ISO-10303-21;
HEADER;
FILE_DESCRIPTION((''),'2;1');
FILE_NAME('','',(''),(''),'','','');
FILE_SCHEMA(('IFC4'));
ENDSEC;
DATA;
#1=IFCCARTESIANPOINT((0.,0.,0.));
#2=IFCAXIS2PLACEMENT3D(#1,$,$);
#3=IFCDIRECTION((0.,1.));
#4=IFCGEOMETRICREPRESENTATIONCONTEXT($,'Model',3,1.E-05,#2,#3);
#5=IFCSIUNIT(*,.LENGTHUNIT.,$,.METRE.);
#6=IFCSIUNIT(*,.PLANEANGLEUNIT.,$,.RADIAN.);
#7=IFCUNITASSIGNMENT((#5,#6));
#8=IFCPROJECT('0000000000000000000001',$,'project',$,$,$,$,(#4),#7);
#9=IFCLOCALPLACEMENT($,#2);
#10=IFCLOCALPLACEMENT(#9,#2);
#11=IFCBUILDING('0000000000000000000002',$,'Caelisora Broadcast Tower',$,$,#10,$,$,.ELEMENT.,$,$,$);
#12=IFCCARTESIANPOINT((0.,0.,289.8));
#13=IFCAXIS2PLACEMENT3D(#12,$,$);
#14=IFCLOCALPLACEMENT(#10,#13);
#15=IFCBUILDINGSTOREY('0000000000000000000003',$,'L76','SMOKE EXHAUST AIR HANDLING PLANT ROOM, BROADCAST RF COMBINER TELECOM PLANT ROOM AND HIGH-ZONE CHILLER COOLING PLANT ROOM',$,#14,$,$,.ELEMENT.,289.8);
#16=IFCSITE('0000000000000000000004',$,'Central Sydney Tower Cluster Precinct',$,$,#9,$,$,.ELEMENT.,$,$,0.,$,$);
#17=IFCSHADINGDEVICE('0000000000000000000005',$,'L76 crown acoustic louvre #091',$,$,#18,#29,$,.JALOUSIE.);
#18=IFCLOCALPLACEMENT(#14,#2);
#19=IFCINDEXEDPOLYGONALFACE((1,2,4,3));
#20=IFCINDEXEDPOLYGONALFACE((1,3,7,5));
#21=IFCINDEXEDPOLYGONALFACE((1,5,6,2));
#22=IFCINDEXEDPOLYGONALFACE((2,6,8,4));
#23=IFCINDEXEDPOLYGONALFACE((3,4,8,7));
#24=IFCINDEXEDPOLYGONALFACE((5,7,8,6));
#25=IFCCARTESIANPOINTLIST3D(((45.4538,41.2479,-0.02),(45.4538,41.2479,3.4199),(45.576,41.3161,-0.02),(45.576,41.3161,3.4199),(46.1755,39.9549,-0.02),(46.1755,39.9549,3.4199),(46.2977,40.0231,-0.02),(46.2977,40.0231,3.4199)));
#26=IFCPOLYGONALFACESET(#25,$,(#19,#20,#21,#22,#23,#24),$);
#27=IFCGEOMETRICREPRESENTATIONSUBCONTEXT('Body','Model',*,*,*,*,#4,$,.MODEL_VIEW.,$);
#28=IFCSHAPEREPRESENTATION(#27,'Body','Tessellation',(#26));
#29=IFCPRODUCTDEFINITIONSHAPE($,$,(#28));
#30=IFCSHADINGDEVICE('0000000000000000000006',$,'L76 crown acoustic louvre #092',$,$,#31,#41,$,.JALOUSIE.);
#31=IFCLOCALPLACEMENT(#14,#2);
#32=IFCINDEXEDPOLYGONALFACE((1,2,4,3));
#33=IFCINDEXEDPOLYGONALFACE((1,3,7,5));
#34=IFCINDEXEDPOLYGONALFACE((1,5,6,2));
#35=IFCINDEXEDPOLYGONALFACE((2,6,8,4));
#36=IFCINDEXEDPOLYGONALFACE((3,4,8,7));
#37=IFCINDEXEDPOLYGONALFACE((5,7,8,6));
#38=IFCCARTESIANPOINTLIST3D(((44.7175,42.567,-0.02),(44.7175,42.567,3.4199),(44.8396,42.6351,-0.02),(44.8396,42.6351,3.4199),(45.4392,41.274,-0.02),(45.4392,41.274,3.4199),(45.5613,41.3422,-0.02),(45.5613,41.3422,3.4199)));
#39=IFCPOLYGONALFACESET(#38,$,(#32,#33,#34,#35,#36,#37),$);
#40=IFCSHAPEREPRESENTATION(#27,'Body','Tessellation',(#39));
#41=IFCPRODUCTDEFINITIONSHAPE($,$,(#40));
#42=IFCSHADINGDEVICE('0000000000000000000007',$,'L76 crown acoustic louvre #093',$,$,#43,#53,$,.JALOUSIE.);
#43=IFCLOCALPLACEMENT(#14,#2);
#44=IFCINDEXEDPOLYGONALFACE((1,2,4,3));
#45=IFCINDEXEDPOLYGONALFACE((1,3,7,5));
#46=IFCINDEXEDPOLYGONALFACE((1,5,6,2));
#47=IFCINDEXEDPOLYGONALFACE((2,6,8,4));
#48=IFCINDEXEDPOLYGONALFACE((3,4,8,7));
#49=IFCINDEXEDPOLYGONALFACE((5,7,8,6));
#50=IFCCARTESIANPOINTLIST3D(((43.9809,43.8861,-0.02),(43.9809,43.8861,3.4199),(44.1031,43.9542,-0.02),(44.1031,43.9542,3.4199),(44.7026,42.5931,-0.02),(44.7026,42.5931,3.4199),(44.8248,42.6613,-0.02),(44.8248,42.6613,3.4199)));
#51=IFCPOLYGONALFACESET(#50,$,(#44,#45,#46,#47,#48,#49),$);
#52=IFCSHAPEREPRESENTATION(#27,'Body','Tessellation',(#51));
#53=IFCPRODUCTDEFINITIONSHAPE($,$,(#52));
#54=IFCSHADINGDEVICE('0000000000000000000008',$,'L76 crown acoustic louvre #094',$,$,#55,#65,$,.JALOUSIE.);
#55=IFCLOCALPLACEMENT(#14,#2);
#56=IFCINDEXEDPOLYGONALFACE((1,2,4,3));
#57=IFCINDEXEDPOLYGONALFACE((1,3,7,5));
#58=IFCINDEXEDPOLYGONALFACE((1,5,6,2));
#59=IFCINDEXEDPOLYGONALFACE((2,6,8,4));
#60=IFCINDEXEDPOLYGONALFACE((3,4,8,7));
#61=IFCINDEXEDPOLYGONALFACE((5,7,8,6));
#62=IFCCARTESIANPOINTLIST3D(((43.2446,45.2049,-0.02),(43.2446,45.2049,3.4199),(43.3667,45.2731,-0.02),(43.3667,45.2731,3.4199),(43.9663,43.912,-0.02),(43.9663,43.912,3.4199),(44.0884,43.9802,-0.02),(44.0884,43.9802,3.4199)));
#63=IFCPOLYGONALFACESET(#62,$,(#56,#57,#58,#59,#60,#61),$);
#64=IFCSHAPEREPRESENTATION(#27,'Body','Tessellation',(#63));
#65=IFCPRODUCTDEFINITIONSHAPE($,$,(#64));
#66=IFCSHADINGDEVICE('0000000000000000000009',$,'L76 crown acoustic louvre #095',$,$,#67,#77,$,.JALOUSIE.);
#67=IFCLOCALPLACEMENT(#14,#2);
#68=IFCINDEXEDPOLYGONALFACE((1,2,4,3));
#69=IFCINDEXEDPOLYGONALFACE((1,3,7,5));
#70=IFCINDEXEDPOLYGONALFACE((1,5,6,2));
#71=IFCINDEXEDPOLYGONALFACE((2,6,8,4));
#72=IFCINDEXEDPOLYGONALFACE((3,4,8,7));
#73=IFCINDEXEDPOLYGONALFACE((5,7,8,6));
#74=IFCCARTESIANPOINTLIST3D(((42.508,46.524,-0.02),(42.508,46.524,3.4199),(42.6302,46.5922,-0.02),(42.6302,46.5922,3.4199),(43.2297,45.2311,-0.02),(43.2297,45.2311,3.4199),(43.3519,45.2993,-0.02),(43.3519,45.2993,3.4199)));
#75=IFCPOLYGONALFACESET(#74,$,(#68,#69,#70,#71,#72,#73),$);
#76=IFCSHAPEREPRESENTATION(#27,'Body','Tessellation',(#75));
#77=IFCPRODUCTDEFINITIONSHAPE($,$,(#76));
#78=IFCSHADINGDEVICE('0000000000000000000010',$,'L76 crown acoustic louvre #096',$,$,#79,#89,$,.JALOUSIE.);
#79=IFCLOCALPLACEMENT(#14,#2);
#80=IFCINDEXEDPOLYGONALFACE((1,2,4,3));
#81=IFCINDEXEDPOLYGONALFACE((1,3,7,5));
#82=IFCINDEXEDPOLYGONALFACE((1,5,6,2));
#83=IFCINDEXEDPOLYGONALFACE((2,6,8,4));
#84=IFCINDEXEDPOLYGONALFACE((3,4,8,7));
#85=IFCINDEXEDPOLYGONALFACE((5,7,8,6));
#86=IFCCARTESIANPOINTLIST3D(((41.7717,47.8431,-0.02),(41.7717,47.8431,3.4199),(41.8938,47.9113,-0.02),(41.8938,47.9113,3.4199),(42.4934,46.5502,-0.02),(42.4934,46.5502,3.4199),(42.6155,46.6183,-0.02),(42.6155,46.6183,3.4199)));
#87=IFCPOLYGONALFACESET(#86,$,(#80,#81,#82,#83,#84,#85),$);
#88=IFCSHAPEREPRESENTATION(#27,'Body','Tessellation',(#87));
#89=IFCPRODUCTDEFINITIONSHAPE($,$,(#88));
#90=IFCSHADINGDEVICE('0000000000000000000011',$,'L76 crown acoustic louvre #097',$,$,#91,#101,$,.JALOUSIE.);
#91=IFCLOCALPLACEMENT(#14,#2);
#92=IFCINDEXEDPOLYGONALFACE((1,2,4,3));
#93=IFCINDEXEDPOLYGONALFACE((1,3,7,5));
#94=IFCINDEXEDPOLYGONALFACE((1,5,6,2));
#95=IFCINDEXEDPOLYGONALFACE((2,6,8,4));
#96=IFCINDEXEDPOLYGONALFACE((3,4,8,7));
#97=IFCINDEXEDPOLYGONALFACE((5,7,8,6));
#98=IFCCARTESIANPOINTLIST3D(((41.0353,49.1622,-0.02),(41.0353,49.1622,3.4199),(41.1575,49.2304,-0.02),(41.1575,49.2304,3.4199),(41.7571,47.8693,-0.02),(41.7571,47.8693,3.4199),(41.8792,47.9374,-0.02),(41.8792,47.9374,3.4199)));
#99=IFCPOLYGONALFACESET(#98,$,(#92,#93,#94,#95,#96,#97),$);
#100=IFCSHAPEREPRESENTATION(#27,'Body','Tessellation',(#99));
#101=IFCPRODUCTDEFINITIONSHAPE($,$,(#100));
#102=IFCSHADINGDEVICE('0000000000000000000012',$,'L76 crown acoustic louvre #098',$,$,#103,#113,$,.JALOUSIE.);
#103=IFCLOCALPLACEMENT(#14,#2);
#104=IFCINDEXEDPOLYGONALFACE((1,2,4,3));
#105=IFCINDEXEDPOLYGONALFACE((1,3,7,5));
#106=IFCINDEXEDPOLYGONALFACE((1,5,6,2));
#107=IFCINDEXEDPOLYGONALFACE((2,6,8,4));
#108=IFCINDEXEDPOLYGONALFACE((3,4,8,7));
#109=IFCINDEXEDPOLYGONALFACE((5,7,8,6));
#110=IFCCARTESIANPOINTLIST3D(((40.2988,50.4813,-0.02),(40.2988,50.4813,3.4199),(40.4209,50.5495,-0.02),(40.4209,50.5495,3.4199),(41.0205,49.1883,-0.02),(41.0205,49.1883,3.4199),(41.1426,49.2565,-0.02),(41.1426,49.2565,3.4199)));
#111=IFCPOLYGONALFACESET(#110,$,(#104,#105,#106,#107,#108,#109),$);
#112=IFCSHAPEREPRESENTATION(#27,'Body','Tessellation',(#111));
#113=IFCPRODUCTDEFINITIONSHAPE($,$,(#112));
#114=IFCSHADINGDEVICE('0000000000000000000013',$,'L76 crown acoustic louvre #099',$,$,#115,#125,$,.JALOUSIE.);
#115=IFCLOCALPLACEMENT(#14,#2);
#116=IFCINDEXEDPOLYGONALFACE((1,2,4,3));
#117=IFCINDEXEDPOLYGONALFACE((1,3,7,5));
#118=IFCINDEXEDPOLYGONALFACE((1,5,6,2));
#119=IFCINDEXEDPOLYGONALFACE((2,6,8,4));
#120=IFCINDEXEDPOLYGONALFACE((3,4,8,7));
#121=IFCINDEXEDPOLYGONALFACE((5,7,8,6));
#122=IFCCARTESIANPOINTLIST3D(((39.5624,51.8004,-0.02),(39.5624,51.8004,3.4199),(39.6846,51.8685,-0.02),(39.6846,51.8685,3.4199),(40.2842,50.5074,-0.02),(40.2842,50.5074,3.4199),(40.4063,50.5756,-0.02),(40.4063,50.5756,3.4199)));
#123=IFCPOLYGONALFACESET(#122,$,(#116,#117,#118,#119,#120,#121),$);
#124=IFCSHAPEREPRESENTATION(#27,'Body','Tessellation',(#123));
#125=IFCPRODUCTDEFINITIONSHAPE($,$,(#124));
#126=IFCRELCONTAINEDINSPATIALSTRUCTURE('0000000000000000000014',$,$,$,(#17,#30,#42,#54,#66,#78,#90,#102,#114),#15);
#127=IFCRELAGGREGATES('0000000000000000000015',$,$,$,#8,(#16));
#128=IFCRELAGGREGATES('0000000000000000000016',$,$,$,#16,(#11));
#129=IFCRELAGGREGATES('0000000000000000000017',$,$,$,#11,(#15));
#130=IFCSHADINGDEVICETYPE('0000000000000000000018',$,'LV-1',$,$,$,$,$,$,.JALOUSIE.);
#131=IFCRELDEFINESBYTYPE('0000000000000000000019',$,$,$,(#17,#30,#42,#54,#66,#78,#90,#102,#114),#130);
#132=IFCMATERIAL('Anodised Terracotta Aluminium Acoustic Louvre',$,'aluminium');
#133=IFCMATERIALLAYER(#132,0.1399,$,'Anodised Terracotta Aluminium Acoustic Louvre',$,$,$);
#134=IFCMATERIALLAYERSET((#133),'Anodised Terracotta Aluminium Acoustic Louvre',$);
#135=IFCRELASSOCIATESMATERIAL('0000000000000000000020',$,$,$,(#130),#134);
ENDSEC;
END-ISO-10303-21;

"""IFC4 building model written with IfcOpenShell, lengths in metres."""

from ifc_helpers import new_model, si_unit, direction, frame, origin, origin_2d, place, context, subcontext, project, spatial, rectangle, extrude, source, transform, mapped, material, layer, layer_set, type_object, element, save


model = new_model("IFC4")

# Units and contexts
model_context = context("Model", 3, precision=1e-05, world=origin(), true_north=direction((0.0, 1.0)))
body_context = subcontext(model_context, "Body", "Model", "MODEL_VIEW")
ifc_project = project(units=[si_unit("LENGTHUNIT", "METRE"), si_unit("PLANEANGLEUNIT", "RADIAN")], contexts=[model_context])

# Site, building, storey
site_placement = place(None, origin())
site = spatial("IfcSite", under=ifc_project, at=site_placement, Name="Central Sydney Tower Cluster Precinct", CompositionType="ELEMENT", RefElevation=0.0)
building_placement = place(site_placement, origin())
building = spatial("IfcBuilding", under=site, at=building_placement, Name="Caelisora Broadcast Tower", CompositionType="ELEMENT")
storey_placement = place(building_placement, frame((0.0, 0.0, 289.8)))
storey = spatial("IfcBuildingStorey", under=building, at=storey_placement, Name="L76", Description="SMOKE EXHAUST AIR HANDLING PLANT ROOM, BROADCAST RF COMBINER TELECOM PLANT ROOM AND HIGH-ZONE CHILLER COOLING PLANT ROOM", CompositionType="ELEMENT", Elevation=289.8)

# Shading devices
ifc_material_1 = material(Name="Anodised Terracotta Aluminium Acoustic Louvre", Category="aluminium")
ifc_layer_1 = layer(ifc_material_1, 0.1399, Name="Anodised Terracotta Aluminium Acoustic Louvre")
ifc_layer_set_1 = layer_set([ifc_layer_1], Name="Anodised Terracotta Aluminium Acoustic Louvre")
shading_device_type = type_object("IfcShadingDeviceType", Name="LV-1", PredefinedType="JALOUSIE", material=ifc_layer_set_1)
shared_shape_1 = source(origin(), body_context, "Body", "SweptSolid", [
    extrude(rectangle(XDim=1.4807, YDim=0.1399, at=origin_2d()), origin(), (0.0, 0.0, 1.0), 3.4399),
])
for number, where, z_axis, x_axis, name in (
    (1, (45.8757, 40.6355, -0.02), (0.0, 0.0, 1.0), (-0.487403, 0.873177, 0.0), "L76 crown acoustic louvre #091"),
    (2, (45.1394, 41.9546, -0.02), (0.0, 0.0, 1.0), (-0.487403, 0.873177, 0.0), "L76 crown acoustic louvre #092"),
    (3, (44.4028, 43.2737, -0.02), (0.0, 0.0, 1.0), (-0.487403, 0.873177, 0.0), "L76 crown acoustic louvre #093"),
    (4, (43.6665, 44.5925, -0.02), (0.0, 0.0, 1.0), (-0.487403, 0.873177, 0.0), "L76 crown acoustic louvre #094"),
    (5, (42.9299, 45.9116, -0.02), (0.0, 0.0, 1.0), (-0.487403, 0.873177, 0.0), "L76 crown acoustic louvre #095"),
    (6, (42.1936, 47.2307, -0.02), (0.0, 0.0, 1.0), (-0.487403, 0.873177, 0.0), "L76 crown acoustic louvre #096"),
    (7, (41.4573, 48.5498, -0.02), (0.0, 0.0, 1.0), (-0.487403, 0.873177, 0.0), "L76 crown acoustic louvre #097"),
    (8, (40.7207, 49.8689, -0.02), (0.0, 0.0, 1.0), (-0.487403, 0.873177, 0.0), "L76 crown acoustic louvre #098"),
    (9, (39.9844, 51.188, -0.02), (0.0, 0.0, 1.0), (-0.487403, 0.873177, 0.0), "L76 crown acoustic louvre #099"),
):
    element("IfcShadingDevice", number, at=place(storey_placement, frame(where, z_axis=z_axis, x_axis=x_axis)), inside=storey, type_object=shading_device_type, Name=name, PredefinedType="JALOUSIE", context=body_context, shape_type="MappedRepresentation", body=[
        mapped(shared_shape_1, transform((0.0, 0.0, 0.0), scale=1.0)),
    ])

save(model, "model.ifc")
